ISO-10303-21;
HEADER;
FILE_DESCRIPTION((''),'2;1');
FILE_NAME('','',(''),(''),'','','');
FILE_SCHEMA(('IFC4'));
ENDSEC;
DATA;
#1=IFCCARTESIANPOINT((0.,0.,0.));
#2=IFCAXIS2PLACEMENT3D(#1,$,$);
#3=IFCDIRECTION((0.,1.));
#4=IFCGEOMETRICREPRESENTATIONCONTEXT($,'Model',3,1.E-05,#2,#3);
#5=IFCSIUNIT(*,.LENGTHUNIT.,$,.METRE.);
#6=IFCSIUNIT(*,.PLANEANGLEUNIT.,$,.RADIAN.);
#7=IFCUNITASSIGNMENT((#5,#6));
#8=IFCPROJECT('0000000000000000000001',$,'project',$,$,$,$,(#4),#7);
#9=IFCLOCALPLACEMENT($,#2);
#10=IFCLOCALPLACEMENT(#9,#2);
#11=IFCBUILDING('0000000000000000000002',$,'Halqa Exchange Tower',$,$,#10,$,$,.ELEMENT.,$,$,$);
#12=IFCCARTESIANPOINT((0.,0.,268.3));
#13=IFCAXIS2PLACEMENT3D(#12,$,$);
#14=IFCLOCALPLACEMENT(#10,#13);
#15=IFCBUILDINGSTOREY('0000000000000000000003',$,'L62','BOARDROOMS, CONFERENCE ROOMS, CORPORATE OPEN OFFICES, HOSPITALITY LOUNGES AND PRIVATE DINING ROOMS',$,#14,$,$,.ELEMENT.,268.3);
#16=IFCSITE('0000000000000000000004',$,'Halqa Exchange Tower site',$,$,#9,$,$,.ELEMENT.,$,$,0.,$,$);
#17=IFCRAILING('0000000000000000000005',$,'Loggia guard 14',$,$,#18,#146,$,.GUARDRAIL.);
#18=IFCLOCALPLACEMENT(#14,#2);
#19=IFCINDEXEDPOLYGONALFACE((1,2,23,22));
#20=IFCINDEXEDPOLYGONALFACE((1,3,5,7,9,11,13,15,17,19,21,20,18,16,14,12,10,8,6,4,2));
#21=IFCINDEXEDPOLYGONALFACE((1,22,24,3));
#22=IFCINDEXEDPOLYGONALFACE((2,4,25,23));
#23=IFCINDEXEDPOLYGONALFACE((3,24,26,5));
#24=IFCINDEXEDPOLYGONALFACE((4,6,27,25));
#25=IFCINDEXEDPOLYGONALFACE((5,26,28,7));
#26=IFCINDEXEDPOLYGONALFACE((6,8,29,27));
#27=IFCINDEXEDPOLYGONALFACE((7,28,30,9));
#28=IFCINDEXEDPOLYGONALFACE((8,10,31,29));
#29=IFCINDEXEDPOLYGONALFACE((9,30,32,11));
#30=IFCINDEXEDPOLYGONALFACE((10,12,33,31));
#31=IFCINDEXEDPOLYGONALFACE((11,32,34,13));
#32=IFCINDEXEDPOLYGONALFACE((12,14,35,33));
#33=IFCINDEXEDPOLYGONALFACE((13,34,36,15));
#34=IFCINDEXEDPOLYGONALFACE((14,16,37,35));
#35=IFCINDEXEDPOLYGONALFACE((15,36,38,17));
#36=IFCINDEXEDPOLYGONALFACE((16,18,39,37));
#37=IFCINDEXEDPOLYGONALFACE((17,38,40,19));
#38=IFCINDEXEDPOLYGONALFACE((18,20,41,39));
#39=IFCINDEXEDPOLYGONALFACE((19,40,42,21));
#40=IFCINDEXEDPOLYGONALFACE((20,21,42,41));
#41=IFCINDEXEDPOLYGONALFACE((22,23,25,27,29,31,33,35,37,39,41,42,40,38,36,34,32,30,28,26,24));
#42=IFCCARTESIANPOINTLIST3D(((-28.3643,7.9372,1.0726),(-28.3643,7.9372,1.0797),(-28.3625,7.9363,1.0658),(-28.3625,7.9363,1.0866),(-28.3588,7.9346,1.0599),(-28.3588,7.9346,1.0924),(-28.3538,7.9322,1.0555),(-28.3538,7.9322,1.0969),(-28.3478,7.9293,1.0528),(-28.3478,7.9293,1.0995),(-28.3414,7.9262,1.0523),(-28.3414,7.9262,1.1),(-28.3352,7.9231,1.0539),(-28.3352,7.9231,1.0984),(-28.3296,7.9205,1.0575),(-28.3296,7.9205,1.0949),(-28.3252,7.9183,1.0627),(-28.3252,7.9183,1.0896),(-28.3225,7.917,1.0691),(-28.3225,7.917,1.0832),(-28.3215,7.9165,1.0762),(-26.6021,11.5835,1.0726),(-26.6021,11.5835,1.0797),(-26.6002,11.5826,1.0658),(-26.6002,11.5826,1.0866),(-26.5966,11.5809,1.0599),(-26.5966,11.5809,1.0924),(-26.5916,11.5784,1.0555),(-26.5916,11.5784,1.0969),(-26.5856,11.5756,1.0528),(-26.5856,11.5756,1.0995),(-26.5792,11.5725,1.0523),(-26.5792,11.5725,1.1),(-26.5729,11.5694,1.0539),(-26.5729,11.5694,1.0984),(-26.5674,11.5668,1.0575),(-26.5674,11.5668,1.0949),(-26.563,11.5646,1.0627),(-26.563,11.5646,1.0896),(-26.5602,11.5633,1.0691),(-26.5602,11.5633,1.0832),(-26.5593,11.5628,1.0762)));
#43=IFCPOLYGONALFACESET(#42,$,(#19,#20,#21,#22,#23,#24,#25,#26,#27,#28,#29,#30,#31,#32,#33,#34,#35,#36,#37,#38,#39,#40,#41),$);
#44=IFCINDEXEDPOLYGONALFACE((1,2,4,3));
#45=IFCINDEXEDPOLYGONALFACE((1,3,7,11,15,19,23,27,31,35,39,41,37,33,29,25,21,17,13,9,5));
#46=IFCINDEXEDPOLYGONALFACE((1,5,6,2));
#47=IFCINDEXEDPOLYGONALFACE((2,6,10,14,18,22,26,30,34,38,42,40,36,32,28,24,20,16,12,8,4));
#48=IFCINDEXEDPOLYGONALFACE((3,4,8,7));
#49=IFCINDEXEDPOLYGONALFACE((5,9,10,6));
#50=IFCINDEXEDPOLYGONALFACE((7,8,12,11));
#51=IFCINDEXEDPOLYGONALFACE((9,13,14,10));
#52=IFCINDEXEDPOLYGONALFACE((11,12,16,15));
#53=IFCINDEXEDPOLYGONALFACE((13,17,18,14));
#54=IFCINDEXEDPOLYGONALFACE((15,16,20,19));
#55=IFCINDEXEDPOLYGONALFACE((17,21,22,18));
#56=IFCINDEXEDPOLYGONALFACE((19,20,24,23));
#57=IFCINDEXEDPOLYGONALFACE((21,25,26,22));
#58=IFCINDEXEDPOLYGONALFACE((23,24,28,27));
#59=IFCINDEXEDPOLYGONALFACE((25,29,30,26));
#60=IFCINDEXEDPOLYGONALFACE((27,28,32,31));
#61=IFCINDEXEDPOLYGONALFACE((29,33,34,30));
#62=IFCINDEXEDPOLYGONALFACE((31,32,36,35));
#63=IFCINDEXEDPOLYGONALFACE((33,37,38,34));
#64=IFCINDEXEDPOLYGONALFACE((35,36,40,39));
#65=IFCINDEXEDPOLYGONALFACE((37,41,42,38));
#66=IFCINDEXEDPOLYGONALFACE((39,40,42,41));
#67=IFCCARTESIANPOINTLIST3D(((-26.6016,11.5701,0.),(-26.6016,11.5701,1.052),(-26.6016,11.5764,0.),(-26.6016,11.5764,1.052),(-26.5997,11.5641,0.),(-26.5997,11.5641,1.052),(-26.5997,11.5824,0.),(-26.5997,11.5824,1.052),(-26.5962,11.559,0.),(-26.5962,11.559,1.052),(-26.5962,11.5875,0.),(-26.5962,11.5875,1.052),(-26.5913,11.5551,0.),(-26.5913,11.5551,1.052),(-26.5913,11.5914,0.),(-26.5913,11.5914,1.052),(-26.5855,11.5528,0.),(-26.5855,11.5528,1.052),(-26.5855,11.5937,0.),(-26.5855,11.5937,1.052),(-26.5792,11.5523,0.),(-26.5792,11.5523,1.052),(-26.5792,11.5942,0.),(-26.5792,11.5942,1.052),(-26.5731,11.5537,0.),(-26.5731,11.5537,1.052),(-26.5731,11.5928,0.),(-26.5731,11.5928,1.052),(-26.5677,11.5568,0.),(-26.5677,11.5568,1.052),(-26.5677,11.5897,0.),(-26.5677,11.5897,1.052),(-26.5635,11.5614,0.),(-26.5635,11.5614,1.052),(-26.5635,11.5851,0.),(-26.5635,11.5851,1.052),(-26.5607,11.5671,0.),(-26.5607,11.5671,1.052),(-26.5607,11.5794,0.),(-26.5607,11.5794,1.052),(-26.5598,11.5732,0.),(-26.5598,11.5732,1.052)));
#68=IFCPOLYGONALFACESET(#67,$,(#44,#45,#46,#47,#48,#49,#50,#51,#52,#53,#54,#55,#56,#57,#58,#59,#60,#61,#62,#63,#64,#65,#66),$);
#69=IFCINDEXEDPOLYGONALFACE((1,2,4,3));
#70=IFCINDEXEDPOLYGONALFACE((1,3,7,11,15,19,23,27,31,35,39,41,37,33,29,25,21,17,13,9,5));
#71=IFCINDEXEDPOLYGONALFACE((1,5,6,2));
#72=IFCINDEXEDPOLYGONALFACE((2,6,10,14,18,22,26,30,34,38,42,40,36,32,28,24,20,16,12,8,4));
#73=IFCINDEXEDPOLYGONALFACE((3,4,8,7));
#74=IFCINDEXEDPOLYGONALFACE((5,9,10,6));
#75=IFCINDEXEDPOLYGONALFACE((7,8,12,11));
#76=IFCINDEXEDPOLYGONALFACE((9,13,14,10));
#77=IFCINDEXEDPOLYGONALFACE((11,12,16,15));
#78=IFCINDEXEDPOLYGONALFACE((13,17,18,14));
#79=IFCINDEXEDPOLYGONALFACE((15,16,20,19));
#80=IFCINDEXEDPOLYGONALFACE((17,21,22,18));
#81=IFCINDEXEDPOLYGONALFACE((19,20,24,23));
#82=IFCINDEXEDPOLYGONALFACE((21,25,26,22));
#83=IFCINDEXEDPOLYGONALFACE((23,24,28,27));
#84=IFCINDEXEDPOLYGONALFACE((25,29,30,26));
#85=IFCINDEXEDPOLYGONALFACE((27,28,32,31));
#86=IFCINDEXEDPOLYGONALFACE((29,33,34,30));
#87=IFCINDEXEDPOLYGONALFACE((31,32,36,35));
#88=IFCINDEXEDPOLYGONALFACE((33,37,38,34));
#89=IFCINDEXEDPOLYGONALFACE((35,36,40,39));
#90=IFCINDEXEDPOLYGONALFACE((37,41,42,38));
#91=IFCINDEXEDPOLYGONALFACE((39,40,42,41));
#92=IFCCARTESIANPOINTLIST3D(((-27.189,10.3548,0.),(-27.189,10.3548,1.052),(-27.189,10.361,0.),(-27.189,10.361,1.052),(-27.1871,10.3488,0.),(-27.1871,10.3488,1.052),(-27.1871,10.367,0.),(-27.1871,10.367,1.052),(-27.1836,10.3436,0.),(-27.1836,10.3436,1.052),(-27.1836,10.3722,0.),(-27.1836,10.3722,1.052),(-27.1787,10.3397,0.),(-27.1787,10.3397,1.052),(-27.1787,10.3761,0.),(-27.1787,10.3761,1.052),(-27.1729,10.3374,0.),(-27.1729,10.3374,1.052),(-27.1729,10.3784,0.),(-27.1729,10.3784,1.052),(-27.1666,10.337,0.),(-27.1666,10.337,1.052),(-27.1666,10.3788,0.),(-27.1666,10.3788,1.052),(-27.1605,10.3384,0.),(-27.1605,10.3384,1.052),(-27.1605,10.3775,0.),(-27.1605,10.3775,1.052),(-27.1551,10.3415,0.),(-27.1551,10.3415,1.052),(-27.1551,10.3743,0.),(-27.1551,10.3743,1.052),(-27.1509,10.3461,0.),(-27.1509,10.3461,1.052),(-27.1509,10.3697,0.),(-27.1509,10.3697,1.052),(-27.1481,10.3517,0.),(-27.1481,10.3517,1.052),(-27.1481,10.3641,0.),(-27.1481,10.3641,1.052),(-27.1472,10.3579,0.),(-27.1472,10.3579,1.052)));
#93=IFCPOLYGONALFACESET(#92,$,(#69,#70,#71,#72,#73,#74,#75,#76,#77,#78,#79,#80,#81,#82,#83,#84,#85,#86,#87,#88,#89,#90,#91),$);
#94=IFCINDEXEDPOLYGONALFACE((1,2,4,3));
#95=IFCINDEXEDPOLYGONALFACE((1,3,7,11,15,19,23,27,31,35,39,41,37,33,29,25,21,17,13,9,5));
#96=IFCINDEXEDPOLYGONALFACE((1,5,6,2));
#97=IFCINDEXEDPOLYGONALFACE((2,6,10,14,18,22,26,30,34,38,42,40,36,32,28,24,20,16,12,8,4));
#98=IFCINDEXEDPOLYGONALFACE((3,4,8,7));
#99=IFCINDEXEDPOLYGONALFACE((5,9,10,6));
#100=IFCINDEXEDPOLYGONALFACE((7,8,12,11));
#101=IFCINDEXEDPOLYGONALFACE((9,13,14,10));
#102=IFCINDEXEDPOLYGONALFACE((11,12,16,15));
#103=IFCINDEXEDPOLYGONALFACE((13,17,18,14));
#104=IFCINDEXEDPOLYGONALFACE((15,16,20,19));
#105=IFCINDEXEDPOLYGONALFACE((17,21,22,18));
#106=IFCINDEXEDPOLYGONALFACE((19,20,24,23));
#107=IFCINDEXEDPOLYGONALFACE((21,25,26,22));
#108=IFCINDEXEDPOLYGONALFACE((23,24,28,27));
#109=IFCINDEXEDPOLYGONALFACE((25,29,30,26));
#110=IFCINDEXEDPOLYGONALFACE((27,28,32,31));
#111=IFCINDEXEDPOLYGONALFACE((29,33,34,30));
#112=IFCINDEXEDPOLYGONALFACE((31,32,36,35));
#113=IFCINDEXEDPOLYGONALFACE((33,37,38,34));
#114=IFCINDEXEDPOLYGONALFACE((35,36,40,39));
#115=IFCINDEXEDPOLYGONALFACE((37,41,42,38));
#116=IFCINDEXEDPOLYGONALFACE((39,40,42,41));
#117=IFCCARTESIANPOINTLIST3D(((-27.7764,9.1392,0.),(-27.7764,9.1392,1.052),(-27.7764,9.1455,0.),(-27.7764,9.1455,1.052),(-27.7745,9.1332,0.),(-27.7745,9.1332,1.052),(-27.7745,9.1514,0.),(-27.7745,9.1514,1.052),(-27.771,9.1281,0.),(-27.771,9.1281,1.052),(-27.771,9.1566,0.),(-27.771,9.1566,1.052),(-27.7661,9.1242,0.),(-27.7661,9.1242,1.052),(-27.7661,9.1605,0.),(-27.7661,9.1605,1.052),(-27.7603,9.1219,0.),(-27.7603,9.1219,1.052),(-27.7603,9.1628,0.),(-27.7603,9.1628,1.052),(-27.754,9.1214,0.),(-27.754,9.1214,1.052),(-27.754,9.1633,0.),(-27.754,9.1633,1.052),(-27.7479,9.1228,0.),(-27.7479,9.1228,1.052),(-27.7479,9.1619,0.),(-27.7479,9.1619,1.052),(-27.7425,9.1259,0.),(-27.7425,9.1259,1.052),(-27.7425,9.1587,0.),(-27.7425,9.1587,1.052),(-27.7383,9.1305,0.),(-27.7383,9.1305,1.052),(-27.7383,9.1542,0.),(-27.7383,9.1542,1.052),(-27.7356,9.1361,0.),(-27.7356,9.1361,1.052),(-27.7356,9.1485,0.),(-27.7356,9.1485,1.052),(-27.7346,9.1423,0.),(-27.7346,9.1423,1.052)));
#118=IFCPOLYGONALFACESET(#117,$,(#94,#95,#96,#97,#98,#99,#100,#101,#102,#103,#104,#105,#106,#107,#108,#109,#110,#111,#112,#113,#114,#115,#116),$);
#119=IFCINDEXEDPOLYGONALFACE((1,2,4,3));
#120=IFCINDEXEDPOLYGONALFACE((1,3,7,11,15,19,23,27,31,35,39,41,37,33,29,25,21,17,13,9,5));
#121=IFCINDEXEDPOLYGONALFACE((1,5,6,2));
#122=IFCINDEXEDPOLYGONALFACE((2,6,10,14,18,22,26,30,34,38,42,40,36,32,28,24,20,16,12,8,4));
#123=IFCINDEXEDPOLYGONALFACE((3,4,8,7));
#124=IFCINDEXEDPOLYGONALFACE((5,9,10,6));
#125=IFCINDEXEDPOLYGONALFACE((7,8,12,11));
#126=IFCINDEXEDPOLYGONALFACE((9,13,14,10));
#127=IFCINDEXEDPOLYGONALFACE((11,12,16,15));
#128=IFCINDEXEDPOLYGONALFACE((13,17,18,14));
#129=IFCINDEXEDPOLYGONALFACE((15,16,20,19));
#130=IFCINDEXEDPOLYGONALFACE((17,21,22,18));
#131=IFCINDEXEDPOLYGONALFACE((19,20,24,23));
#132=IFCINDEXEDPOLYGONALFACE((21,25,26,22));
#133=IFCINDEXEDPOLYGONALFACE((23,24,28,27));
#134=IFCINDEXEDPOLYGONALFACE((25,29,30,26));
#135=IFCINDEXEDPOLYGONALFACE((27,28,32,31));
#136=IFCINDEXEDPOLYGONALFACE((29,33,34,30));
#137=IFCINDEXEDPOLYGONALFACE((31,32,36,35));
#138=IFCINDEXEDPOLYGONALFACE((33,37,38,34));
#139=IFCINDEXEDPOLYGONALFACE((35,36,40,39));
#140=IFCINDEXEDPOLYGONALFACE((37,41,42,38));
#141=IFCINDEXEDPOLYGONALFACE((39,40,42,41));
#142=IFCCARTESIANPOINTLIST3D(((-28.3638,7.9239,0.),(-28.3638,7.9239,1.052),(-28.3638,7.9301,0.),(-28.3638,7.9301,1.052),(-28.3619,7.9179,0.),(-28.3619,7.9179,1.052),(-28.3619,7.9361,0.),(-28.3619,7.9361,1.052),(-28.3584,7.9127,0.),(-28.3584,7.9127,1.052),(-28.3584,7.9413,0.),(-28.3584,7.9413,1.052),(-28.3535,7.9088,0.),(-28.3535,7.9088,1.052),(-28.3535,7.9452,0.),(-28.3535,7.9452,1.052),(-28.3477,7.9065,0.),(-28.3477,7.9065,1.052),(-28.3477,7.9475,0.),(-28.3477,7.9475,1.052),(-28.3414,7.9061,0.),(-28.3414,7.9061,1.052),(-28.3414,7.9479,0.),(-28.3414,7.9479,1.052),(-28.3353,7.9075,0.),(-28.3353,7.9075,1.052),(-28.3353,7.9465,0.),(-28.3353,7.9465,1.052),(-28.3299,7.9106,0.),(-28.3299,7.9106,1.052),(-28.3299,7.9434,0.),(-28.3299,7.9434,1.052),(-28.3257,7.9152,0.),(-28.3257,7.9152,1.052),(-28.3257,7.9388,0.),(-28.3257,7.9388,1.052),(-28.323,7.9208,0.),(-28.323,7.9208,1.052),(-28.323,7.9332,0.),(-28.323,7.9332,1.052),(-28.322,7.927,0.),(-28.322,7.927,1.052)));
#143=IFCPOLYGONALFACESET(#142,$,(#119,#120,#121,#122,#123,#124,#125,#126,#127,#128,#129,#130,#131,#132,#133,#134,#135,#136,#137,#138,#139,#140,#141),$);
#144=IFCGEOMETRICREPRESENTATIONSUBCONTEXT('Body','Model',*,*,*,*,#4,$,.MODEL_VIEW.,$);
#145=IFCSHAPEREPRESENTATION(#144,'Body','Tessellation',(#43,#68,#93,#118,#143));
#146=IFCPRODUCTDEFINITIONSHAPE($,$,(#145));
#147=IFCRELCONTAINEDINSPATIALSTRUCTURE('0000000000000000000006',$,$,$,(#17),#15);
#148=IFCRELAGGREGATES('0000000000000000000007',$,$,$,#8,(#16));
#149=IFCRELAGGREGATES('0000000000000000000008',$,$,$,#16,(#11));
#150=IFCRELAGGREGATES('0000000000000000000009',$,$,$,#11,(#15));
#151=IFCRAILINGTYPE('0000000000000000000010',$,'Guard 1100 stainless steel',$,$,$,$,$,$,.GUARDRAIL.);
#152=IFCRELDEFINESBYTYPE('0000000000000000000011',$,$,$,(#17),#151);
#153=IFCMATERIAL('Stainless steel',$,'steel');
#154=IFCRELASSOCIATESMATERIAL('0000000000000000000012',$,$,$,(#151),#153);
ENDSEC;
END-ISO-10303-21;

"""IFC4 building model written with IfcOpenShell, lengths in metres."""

from ifc_helpers import new_model, si_unit, direction, frame, origin, origin_2d, place, context, subcontext, project, spatial, circle, extrude, material, type_object, element, save


model = new_model("IFC4")

# Units and contexts
model_context = context("Model", 3, precision=1e-05, world=origin(), true_north=direction((0.0, 1.0)))
body_context = subcontext(model_context, "Body", "Model", "MODEL_VIEW")
ifc_project = project(units=[si_unit("LENGTHUNIT", "METRE"), si_unit("PLANEANGLEUNIT", "RADIAN")], contexts=[model_context])

# Site, building, storey
site_placement = place(None, origin())
site = spatial("IfcSite", under=ifc_project, at=site_placement, Name="Halqa Exchange Tower site", CompositionType="ELEMENT", RefElevation=0.0)
building_placement = place(site_placement, origin())
building = spatial("IfcBuilding", under=site, at=building_placement, Name="Halqa Exchange Tower", CompositionType="ELEMENT")
storey_placement = place(building_placement, frame((0.0, 0.0, 268.3)))
storey = spatial("IfcBuildingStorey", under=building, at=storey_placement, Name="L62", Description="BOARDROOMS, CONFERENCE ROOMS, CORPORATE OPEN OFFICES, HOSPITALITY LOUNGES AND PRIVATE DINING ROOMS", CompositionType="ELEMENT", Elevation=268.3)

# Railing
ifc_material_1 = material(Name="Stainless steel", Category="steel")
railing_type = type_object("IfcRailingType", Name="Guard 1100 stainless steel", PredefinedType="GUARDRAIL", material=ifc_material_1)
railing_1_placement = place(storey_placement, frame((-26.5808, 11.5732, 0.0)))
element("IfcRailing", 1, at=railing_1_placement, inside=storey, type_object=railing_type, Name="Loggia guard 14", PredefinedType="GUARDRAIL", context=body_context, shape_type="SweptSolid", body=[
    extrude(circle(Radius=0.0239, at=origin_2d()), frame((0.0, 0.0, 1.0762), z_axis=(-0.43514, -0.900363, 0.0), x_axis=(0.900363, -0.43514, 0.0)), (0.0, 0.0, 1.0), 4.0498),
    extrude(circle(Radius=0.021, at=origin_2d()), origin(), (0.0, 0.0, 1.0), 1.052),
    extrude(circle(Radius=0.021, at=origin_2d()), frame((-0.5874, -1.2153, 0.0)), (0.0, 0.0, 1.0), 1.052),
    extrude(circle(Radius=0.021, at=origin_2d()), frame((-1.1748, -2.4309, 0.0)), (0.0, 0.0, 1.0), 1.052),
    extrude(circle(Radius=0.021, at=origin_2d()), frame((-1.7622, -3.6462, 0.0)), (0.0, 0.0, 1.0), 1.052),
])

save(model, "model.ifc")
